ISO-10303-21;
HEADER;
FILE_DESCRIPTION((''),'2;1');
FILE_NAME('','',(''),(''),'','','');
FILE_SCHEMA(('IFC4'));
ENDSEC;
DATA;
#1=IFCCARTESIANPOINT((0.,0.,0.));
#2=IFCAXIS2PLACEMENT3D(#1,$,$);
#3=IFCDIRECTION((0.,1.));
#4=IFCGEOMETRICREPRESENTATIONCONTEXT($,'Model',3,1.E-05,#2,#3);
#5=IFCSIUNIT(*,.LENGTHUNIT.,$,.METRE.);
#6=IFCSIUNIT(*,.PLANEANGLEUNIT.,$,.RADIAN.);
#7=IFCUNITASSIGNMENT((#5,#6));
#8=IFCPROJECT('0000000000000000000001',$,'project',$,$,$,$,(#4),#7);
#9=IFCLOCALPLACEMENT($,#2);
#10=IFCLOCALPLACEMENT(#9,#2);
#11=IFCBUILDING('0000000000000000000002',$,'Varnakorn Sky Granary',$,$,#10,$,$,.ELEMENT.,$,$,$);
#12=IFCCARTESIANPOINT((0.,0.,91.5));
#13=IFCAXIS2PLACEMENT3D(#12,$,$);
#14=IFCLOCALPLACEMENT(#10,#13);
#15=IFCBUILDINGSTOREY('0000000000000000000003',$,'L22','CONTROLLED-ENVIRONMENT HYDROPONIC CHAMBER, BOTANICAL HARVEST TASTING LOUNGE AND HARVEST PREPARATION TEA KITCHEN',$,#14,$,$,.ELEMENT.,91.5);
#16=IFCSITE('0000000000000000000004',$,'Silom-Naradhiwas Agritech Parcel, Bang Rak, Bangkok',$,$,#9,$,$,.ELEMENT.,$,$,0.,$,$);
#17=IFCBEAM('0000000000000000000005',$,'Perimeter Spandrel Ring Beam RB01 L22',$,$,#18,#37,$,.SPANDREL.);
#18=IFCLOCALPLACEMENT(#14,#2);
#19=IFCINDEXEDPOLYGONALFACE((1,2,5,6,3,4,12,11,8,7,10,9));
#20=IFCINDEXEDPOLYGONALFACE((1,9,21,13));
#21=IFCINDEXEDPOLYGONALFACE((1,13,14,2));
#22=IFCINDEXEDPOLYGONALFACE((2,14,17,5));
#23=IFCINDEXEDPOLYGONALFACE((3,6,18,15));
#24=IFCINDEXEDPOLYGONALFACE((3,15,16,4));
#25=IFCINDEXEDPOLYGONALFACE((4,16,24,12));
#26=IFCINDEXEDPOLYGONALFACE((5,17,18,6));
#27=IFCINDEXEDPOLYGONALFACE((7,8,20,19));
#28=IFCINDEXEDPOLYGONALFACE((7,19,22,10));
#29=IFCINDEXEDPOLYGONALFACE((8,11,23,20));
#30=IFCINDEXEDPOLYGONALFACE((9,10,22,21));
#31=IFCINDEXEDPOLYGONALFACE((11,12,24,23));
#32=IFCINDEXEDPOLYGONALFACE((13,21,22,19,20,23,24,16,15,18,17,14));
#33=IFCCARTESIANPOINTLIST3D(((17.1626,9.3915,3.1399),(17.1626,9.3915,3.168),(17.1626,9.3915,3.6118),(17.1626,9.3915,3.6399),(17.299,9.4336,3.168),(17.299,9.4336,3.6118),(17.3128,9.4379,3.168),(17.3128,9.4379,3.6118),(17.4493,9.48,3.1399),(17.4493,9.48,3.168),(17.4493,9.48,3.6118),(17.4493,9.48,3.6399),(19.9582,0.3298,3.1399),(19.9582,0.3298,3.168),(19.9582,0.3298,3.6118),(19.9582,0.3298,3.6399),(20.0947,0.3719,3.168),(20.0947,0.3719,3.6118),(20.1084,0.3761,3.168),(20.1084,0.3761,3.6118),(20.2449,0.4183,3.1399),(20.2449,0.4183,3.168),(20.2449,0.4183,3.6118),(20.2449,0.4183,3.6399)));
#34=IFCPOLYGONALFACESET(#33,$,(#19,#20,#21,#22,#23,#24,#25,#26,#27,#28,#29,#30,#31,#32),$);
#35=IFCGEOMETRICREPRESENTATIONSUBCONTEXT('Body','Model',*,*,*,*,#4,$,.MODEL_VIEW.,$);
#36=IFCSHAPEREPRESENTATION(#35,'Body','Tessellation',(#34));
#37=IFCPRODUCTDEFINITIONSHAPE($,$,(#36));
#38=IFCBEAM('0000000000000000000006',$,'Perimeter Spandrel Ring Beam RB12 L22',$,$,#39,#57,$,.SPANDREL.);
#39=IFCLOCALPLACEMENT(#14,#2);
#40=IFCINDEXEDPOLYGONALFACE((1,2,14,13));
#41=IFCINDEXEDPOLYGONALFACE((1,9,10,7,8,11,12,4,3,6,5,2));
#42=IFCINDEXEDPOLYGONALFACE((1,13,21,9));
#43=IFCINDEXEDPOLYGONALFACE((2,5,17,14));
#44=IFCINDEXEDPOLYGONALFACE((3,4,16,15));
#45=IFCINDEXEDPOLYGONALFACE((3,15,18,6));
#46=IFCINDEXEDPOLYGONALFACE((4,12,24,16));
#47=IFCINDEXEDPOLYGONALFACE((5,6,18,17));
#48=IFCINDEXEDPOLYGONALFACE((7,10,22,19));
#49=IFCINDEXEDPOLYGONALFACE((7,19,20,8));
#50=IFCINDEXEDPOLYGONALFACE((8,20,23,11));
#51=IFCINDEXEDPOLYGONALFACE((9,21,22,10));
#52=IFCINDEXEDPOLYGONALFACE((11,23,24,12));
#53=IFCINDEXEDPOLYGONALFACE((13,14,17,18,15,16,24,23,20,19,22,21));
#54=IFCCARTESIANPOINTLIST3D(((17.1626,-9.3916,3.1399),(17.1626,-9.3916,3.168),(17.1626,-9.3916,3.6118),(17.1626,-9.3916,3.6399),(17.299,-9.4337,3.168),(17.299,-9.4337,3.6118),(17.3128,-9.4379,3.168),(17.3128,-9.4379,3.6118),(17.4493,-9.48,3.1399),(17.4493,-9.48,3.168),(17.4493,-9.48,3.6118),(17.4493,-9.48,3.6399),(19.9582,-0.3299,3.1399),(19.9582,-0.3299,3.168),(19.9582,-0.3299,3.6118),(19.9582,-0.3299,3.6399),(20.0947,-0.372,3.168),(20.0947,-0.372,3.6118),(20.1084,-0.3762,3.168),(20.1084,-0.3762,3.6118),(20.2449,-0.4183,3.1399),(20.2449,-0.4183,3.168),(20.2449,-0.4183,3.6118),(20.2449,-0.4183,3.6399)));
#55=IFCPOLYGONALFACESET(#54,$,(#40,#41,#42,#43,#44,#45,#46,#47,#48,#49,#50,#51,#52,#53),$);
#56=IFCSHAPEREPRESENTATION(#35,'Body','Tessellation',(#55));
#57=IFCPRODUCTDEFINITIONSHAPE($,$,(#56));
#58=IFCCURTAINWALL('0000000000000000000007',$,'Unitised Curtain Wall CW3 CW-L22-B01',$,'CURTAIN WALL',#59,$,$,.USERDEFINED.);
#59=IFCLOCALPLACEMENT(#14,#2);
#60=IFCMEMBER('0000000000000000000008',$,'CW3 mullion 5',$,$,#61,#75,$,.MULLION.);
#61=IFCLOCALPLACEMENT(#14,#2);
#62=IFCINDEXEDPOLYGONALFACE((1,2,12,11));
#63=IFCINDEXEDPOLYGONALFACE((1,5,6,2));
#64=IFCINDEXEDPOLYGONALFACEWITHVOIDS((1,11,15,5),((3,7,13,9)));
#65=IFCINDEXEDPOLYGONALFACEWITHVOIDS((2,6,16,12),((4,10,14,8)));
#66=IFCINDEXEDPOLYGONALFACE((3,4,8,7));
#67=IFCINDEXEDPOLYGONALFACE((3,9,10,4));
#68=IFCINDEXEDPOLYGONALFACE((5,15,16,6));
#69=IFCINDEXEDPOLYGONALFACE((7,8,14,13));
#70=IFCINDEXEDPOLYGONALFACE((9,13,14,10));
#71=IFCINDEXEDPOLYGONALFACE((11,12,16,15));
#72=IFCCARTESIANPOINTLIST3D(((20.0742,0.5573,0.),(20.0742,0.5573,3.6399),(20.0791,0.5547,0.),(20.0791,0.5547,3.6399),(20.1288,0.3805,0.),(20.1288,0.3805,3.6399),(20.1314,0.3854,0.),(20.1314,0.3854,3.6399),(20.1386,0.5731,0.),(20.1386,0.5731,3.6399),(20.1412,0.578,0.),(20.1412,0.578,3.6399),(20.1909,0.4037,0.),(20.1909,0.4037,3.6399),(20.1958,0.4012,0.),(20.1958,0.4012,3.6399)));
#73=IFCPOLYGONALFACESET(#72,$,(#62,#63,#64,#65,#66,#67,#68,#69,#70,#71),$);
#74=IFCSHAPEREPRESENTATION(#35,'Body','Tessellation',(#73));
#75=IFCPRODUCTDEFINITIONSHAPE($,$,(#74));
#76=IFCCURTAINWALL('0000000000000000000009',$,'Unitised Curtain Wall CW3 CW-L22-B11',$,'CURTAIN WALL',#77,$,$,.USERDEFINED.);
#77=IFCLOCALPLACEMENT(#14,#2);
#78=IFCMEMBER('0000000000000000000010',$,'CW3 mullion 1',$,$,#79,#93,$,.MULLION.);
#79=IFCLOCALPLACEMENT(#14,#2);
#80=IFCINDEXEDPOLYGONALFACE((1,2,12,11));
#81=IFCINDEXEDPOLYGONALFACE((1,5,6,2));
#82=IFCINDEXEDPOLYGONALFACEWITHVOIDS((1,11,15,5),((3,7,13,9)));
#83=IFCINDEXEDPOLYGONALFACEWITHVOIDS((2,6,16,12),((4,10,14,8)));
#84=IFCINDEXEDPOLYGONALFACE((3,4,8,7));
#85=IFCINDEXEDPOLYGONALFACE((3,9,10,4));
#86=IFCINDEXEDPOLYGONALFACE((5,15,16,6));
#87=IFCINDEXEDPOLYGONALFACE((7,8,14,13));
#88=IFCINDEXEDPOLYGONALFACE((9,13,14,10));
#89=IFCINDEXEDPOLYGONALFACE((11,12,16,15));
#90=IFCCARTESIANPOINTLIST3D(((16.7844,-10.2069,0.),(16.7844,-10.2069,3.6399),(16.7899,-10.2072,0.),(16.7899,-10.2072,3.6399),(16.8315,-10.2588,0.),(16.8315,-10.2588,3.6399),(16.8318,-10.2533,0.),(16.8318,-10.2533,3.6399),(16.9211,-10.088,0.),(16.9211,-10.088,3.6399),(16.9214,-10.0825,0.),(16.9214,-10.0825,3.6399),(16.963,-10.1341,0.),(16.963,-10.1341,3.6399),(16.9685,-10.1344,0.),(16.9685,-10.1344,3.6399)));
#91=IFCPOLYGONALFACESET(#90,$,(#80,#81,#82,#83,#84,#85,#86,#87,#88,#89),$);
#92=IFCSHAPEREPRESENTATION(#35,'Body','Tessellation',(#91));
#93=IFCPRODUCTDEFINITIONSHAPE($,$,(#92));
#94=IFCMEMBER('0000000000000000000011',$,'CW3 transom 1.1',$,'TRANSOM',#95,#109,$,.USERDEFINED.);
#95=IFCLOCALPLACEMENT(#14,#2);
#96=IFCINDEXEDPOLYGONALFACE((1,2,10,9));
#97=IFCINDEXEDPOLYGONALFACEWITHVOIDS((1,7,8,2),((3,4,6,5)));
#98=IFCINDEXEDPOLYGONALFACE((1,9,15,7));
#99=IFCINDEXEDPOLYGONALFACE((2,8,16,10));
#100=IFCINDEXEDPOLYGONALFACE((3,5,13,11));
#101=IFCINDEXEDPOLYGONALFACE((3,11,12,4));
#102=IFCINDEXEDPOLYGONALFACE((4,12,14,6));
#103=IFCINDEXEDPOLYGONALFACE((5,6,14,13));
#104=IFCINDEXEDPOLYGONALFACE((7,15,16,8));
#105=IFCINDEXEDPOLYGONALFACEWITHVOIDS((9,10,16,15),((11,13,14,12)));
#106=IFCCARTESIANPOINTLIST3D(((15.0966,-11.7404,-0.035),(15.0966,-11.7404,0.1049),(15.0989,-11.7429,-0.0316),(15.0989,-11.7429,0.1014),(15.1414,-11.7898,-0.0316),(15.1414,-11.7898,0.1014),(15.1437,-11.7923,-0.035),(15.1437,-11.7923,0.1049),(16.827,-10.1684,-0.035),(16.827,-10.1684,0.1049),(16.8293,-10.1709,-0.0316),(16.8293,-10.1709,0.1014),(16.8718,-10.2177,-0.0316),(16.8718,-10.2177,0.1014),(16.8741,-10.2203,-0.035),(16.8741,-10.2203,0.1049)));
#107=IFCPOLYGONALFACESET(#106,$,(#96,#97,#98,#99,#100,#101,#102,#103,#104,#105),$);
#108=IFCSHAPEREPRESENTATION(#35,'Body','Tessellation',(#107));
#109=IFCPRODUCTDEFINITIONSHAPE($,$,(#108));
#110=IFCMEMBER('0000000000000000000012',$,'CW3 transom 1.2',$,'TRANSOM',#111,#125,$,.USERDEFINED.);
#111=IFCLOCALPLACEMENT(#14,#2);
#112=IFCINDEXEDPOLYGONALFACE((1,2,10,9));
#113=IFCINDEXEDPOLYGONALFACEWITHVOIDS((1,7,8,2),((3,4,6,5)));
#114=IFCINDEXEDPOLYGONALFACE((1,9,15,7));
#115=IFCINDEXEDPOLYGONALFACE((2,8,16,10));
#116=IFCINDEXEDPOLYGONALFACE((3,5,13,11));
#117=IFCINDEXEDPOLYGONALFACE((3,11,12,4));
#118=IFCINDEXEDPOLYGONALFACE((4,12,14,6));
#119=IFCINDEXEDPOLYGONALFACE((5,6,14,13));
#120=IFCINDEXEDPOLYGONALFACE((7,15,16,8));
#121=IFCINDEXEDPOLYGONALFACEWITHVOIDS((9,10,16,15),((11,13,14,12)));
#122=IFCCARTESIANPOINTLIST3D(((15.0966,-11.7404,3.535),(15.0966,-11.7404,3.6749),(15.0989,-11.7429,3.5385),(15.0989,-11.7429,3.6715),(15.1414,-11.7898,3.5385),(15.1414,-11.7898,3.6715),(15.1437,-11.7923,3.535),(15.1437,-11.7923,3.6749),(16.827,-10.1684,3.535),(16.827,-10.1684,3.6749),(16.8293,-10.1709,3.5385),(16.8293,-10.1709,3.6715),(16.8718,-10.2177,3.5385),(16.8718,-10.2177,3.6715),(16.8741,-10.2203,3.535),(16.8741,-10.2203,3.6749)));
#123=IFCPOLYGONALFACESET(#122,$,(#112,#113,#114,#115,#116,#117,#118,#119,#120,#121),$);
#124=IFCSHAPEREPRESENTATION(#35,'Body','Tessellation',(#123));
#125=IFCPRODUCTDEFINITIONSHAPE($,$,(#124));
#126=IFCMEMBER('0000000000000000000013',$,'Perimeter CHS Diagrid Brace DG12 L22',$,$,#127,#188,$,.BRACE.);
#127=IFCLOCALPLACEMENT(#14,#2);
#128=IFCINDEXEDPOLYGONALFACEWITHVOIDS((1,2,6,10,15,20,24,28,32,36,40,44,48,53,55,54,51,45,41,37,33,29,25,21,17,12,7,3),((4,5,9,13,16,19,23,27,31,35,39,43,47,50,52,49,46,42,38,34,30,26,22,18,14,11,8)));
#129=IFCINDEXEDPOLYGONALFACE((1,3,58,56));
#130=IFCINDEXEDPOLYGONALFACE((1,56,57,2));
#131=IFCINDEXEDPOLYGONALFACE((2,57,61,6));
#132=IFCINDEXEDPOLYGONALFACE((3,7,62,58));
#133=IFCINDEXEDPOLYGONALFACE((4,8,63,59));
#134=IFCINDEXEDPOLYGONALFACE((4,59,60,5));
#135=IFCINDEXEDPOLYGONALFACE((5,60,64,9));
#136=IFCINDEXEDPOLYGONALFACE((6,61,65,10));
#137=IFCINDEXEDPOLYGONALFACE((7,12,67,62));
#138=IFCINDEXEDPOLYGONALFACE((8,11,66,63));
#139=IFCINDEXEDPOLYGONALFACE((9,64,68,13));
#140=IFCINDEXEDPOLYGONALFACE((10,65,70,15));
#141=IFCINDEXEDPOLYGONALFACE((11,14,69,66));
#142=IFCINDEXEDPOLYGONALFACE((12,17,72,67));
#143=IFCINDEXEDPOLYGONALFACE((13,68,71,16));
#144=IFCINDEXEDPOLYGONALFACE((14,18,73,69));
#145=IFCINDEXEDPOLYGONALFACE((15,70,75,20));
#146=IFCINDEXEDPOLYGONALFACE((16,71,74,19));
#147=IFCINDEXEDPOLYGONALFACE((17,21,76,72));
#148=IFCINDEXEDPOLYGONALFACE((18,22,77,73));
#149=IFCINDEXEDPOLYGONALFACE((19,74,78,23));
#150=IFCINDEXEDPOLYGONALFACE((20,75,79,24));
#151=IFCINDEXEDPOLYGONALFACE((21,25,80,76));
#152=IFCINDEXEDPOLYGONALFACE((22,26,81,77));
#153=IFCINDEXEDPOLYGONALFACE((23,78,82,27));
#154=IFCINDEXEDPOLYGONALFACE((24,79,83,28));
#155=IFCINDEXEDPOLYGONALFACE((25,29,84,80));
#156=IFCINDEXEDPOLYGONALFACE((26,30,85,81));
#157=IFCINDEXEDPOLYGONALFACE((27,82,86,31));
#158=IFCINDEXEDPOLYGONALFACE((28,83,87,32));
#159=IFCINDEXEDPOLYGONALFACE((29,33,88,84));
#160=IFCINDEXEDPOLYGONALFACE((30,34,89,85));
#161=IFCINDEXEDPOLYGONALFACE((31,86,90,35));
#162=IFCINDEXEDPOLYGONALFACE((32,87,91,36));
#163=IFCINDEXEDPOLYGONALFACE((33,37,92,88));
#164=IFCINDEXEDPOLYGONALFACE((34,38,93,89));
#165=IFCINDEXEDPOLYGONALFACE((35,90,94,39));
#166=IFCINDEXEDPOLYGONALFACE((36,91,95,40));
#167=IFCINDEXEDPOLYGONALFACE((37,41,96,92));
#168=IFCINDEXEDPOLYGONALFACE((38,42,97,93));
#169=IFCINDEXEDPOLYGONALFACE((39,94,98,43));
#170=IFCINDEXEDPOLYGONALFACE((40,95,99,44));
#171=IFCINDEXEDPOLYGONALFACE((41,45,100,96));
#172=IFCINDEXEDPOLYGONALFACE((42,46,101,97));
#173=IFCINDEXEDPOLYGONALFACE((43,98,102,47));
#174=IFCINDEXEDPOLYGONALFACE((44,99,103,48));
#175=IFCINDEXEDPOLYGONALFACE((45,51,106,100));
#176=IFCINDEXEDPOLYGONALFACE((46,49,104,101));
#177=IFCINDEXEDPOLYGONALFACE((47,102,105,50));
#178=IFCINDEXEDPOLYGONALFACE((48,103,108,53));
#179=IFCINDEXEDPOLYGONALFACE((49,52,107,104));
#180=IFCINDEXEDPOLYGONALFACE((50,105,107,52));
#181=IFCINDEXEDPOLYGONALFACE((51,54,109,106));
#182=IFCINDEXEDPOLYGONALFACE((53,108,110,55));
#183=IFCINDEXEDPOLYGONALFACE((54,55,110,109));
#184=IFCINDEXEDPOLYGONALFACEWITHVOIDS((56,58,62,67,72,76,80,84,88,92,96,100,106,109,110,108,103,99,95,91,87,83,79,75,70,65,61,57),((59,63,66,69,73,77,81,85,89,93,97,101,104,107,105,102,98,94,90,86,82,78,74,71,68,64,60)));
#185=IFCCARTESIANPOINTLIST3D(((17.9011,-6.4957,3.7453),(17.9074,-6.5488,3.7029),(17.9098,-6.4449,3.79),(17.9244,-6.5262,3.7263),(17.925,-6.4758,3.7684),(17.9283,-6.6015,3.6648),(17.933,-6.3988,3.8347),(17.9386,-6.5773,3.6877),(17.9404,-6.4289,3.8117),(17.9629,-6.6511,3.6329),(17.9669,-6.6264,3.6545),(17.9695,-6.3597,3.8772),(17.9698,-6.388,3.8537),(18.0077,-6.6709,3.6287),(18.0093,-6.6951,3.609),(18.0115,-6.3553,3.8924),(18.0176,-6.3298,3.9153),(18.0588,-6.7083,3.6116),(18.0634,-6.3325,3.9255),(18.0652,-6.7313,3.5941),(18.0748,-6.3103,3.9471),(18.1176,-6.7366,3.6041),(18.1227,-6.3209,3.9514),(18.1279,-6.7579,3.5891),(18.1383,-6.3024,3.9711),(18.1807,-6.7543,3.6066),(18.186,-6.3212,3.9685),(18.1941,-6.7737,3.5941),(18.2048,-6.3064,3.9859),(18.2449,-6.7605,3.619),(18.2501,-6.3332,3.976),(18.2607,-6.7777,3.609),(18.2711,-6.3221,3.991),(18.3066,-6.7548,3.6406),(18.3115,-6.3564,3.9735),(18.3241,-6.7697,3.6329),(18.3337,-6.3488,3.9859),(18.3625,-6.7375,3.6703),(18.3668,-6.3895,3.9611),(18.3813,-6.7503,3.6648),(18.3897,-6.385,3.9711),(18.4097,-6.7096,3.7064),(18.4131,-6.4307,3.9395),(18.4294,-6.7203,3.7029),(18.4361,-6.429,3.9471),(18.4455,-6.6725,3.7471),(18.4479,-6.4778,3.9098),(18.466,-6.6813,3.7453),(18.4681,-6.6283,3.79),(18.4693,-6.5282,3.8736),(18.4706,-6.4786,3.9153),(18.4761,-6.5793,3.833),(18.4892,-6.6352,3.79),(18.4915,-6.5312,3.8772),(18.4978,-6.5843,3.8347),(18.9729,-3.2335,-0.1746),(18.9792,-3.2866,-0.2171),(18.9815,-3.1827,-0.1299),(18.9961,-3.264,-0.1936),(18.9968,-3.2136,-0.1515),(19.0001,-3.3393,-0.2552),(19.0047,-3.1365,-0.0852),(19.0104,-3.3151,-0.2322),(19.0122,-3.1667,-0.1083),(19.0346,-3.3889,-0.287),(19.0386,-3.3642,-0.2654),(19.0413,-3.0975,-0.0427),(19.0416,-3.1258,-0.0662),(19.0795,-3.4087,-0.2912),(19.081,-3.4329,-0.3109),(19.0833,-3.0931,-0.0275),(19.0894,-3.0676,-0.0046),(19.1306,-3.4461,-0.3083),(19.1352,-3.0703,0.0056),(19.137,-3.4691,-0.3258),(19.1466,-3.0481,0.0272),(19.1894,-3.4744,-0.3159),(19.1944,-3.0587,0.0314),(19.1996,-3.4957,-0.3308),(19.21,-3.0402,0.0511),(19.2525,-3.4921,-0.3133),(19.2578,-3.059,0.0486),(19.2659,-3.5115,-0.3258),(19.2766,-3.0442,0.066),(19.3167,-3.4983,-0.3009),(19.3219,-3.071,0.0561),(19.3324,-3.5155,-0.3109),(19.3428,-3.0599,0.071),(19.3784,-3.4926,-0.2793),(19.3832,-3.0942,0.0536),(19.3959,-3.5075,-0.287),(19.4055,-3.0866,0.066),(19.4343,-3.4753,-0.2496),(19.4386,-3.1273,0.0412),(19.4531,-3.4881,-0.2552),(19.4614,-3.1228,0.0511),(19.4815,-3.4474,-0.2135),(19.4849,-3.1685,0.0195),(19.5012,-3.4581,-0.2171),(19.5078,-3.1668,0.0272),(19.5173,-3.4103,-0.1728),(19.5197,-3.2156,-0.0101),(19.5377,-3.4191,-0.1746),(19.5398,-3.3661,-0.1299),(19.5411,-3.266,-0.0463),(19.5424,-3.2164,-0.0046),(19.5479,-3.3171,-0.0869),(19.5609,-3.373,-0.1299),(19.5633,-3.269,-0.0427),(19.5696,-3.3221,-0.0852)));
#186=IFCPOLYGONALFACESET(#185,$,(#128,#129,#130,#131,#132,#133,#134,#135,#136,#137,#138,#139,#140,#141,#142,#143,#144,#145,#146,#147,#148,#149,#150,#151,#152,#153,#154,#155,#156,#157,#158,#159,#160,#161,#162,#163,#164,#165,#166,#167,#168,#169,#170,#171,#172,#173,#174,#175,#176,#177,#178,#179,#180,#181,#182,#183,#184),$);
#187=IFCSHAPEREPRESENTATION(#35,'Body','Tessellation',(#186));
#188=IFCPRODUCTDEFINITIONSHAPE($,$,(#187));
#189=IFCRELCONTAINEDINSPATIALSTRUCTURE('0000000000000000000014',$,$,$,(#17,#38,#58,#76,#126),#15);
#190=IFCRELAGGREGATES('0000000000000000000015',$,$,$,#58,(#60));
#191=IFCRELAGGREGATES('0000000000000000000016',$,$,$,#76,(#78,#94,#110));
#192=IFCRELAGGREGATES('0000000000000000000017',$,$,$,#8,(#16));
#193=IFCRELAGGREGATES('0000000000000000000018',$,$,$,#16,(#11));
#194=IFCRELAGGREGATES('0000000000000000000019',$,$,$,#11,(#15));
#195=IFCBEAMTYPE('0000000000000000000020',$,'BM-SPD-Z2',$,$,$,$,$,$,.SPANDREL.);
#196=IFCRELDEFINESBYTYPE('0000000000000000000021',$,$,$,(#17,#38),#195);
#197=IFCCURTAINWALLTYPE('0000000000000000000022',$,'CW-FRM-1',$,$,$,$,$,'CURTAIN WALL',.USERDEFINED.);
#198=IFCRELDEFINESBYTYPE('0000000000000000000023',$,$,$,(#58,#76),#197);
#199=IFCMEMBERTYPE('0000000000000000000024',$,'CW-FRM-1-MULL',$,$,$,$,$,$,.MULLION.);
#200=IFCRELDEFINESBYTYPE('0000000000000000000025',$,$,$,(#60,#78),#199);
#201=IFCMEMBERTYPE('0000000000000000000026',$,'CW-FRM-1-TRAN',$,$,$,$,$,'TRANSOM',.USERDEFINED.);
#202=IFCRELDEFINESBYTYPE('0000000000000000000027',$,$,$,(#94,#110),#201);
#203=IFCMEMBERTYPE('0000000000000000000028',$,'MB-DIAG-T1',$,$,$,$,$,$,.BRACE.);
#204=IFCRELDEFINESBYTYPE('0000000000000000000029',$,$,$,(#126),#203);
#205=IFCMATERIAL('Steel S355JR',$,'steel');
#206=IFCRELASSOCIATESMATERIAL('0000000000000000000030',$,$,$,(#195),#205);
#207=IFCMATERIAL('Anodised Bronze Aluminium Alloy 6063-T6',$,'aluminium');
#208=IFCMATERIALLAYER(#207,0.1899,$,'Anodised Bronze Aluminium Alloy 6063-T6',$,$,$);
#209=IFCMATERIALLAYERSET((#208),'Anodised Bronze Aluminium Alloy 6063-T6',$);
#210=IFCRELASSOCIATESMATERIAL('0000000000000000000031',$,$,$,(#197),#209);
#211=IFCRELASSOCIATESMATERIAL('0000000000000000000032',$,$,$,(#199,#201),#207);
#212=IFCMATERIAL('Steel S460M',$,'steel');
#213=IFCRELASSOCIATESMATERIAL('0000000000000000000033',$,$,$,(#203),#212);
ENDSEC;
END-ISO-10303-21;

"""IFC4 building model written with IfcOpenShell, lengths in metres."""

from ifc_helpers import new_model, si_unit, direction, frame, origin, origin_2d, place, context, subcontext, project, spatial, hollow_rectangle, hollow_circle, i_section, extrude, material, layer, layer_set, material_profile, profile_set, type_object, element, aggregate, save


model = new_model("IFC4")

# Units and contexts
model_context = context("Model", 3, precision=1e-05, world=origin(), true_north=direction((0.0, 1.0)))
body_context = subcontext(model_context, "Body", "Model", "MODEL_VIEW")
ifc_project = project(units=[si_unit("LENGTHUNIT", "METRE"), si_unit("PLANEANGLEUNIT", "RADIAN")], contexts=[model_context])

# Site, building, storey
site_placement = place(None, origin())
site = spatial("IfcSite", under=ifc_project, at=site_placement, Name="Silom-Naradhiwas Agritech Parcel, Bang Rak, Bangkok", CompositionType="ELEMENT", RefElevation=0.0)
building_placement = place(site_placement, origin())
building = spatial("IfcBuilding", under=site, at=building_placement, Name="Varnakorn Sky Granary", CompositionType="ELEMENT")
storey_placement = place(building_placement, frame((0.0, 0.0, 91.5)))
storey = spatial("IfcBuildingStorey", under=building, at=storey_placement, Name="L22", Description="CONTROLLED-ENVIRONMENT HYDROPONIC CHAMBER, BOTANICAL HARVEST TASTING LOUNGE AND HARVEST PREPARATION TEA KITCHEN", CompositionType="ELEMENT", Elevation=91.5)

# Shared definitions
ifc_material_1 = material(Name="Steel S460M", Category="steel")

# Beams
ifc_material_2 = material(Name="Steel S355JR", Category="steel")
ifc_material_profile_1 = material_profile(ifc_material_2, i_section(OverallWidth=0.3, OverallDepth=0.5, WebThickness=0.0144, FlangeThickness=0.0281, at=origin_2d()), Name="HE 500 B")
ifc_profile_set_1 = profile_set([ifc_material_profile_1], Name="Steel S355JR")
beam_type_1 = type_object("IfcBeamType", Name="BM-SPD-Z2", PredefinedType="SPANDREL", material=ifc_profile_set_1)
for number, where, z_axis, x_axis, name in (
    (1, (20.1016, 0.374, 3.3899), (-0.2948, 0.955559, 0.0), (-0.955559, -0.2948, 0.0), "Perimeter Spandrel Ring Beam RB01 L22"),
    (2, (17.3059, -9.4358, 3.3899), (0.2948, 0.955559, 0.0), (-0.955559, 0.2948, 0.0), "Perimeter Spandrel Ring Beam RB12 L22"),
):
    element("IfcBeam", number, at=place(storey_placement, frame(where, z_axis=z_axis, x_axis=x_axis)), inside=storey, type_object=beam_type_1, Name=name, PredefinedType="SPANDREL", context=body_context, shape_type="SweptSolid", body=[
        extrude(i_section(OverallWidth=0.3, OverallDepth=0.5, WebThickness=0.0144, FlangeThickness=0.0281, at=origin_2d()), origin(), (0.0, 0.0, 1.0), 9.4832),
    ])

# Curtain wall, member
ifc_material_3 = material(Name="Anodised Bronze Aluminium Alloy 6063-T6", Category="aluminium")
ifc_layer_1 = layer(ifc_material_3, 0.1899, Name="Anodised Bronze Aluminium Alloy 6063-T6")
ifc_layer_set_1 = layer_set([ifc_layer_1], Name="Anodised Bronze Aluminium Alloy 6063-T6")
curtain_wall_type = type_object("IfcCurtainWallType", Name="CW-FRM-1", ElementType="CURTAIN WALL", PredefinedType="USERDEFINED", material=ifc_layer_set_1)
curtain_wall_1_placement = place(storey_placement, origin())
curtain_wall_1 = element("IfcCurtainWall", 3, at=curtain_wall_1_placement, inside=storey, type_object=curtain_wall_type, Name="Unitised Curtain Wall CW3 CW-L22-B01", ObjectType="CURTAIN WALL", PredefinedType="USERDEFINED")
ifc_material_profile_2 = material_profile(ifc_material_3, hollow_rectangle(XDim=0.0701, YDim=0.1851, WallThickness=0.0039, at=origin_2d()), Name="ALU MULL 70x185")
ifc_profile_set_2 = profile_set([ifc_material_profile_2], Name="Anodised Bronze Aluminium Alloy 6063-T6")
member_type_1 = type_object("IfcMemberType", Name="CW-FRM-1-MULL", PredefinedType="MULLION", material=ifc_profile_set_2)
member_1_placement = place(storey_placement, frame((20.135, 0.4792, 0.0), z_axis=(0.0, 0.0, 1.0), x_axis=(0.955518, 0.294933, 0.0)))
member_1 = element("IfcMember", 4, at=member_1_placement, type_object=member_type_1, Name="CW3 mullion 5", PredefinedType="MULLION", context=body_context, shape_type="SweptSolid", body=[
    extrude(hollow_rectangle(XDim=0.0701, YDim=0.1851, WallThickness=0.0039, at=origin_2d()), origin(), (0.0, 0.0, 1.0), 3.6399),
])
aggregate(curtain_wall_1, [member_1])

# Curtain wall, members
curtain_wall_2_placement = place(storey_placement, origin())
curtain_wall_2 = element("IfcCurtainWall", 5, at=curtain_wall_2_placement, inside=storey, type_object=curtain_wall_type, Name="Unitised Curtain Wall CW3 CW-L22-B11", ObjectType="CURTAIN WALL", PredefinedType="USERDEFINED")
member_2_placement = place(storey_placement, frame((16.8765, -10.1707, 0.0), z_axis=(0.0, 0.0, 1.0), x_axis=(0.672429, -0.740161, 0.0)))
member_2 = element("IfcMember", 6, at=member_2_placement, type_object=member_type_1, Name="CW3 mullion 1", PredefinedType="MULLION", context=body_context, shape_type="SweptSolid", body=[
    extrude(hollow_rectangle(XDim=0.0701, YDim=0.1851, WallThickness=0.0039, at=origin_2d()), origin(), (0.0, 0.0, 1.0), 3.6399),
])
ifc_material_profile_3 = material_profile(ifc_material_3, hollow_rectangle(XDim=0.0701, YDim=0.1399, WallThickness=0.0034, at=origin_2d()), Name="ALU TRAN 70x140")
ifc_profile_set_3 = profile_set([ifc_material_profile_3], Name="Anodised Bronze Aluminium Alloy 6063-T6")
member_type_2 = type_object("IfcMemberType", Name="CW-FRM-1-TRAN", ElementType="TRANSOM", PredefinedType="USERDEFINED", material=ifc_profile_set_3)
member_3_placement = place(storey_placement, frame((16.8506, -10.1943, 0.0349), z_axis=(-0.740181, -0.672408, 0.0), x_axis=(0.672408, -0.740181, 0.0)))
member_3 = element("IfcMember", 7, at=member_3_placement, type_object=member_type_2, Name="CW3 transom 1.1", ObjectType="TRANSOM", PredefinedType="USERDEFINED", context=body_context, shape_type="SweptSolid", body=[
    extrude(hollow_rectangle(XDim=0.0701, YDim=0.1399, WallThickness=0.0034, at=origin_2d()), origin(), (0.0, 0.0, 1.0), 2.3379),
])
member_4_placement = place(storey_placement, frame((16.8506, -10.1943, 3.605), z_axis=(-0.740181, -0.672408, 0.0), x_axis=(0.672408, -0.740181, 0.0)))
member_4 = element("IfcMember", 8, at=member_4_placement, type_object=member_type_2, Name="CW3 transom 1.2", ObjectType="TRANSOM", PredefinedType="USERDEFINED", context=body_context, shape_type="SweptSolid", body=[
    extrude(hollow_rectangle(XDim=0.0701, YDim=0.1399, WallThickness=0.0034, at=origin_2d()), origin(), (0.0, 0.0, 1.0), 2.3379),
])
aggregate(curtain_wall_2, [member_2, member_3, member_4])

# Member
ifc_material_profile_4 = material_profile(ifc_material_1, hollow_circle(Radius=0.3049, WallThickness=0.0222, at=origin_2d()), Name="CHS 610x22")
ifc_profile_set_4 = profile_set([ifc_material_profile_4], Name="Steel S460M")
member_type_3 = type_object("IfcMemberType", Name="MB-DIAG-T1", PredefinedType="BRACE", material=ifc_profile_set_4)
member_5_placement = place(storey_placement, frame((19.2712, -3.2778, -0.1299), z_axis=(-0.205668, -0.626001, 0.752213), x_axis=(0.95004, -0.312129, 0.0)))
element("IfcMember", 9, at=member_5_placement, inside=storey, type_object=member_type_3, Name="Perimeter CHS Diagrid Brace DG12 L22", PredefinedType="BRACE", context=body_context, shape_type="SweptSolid", body=[
    extrude(hollow_circle(Radius=0.3049, WallThickness=0.0222, at=origin_2d()), origin(), (0.0, 0.0, 1.0), 5.2112),
])

save(model, "model.ifc")
